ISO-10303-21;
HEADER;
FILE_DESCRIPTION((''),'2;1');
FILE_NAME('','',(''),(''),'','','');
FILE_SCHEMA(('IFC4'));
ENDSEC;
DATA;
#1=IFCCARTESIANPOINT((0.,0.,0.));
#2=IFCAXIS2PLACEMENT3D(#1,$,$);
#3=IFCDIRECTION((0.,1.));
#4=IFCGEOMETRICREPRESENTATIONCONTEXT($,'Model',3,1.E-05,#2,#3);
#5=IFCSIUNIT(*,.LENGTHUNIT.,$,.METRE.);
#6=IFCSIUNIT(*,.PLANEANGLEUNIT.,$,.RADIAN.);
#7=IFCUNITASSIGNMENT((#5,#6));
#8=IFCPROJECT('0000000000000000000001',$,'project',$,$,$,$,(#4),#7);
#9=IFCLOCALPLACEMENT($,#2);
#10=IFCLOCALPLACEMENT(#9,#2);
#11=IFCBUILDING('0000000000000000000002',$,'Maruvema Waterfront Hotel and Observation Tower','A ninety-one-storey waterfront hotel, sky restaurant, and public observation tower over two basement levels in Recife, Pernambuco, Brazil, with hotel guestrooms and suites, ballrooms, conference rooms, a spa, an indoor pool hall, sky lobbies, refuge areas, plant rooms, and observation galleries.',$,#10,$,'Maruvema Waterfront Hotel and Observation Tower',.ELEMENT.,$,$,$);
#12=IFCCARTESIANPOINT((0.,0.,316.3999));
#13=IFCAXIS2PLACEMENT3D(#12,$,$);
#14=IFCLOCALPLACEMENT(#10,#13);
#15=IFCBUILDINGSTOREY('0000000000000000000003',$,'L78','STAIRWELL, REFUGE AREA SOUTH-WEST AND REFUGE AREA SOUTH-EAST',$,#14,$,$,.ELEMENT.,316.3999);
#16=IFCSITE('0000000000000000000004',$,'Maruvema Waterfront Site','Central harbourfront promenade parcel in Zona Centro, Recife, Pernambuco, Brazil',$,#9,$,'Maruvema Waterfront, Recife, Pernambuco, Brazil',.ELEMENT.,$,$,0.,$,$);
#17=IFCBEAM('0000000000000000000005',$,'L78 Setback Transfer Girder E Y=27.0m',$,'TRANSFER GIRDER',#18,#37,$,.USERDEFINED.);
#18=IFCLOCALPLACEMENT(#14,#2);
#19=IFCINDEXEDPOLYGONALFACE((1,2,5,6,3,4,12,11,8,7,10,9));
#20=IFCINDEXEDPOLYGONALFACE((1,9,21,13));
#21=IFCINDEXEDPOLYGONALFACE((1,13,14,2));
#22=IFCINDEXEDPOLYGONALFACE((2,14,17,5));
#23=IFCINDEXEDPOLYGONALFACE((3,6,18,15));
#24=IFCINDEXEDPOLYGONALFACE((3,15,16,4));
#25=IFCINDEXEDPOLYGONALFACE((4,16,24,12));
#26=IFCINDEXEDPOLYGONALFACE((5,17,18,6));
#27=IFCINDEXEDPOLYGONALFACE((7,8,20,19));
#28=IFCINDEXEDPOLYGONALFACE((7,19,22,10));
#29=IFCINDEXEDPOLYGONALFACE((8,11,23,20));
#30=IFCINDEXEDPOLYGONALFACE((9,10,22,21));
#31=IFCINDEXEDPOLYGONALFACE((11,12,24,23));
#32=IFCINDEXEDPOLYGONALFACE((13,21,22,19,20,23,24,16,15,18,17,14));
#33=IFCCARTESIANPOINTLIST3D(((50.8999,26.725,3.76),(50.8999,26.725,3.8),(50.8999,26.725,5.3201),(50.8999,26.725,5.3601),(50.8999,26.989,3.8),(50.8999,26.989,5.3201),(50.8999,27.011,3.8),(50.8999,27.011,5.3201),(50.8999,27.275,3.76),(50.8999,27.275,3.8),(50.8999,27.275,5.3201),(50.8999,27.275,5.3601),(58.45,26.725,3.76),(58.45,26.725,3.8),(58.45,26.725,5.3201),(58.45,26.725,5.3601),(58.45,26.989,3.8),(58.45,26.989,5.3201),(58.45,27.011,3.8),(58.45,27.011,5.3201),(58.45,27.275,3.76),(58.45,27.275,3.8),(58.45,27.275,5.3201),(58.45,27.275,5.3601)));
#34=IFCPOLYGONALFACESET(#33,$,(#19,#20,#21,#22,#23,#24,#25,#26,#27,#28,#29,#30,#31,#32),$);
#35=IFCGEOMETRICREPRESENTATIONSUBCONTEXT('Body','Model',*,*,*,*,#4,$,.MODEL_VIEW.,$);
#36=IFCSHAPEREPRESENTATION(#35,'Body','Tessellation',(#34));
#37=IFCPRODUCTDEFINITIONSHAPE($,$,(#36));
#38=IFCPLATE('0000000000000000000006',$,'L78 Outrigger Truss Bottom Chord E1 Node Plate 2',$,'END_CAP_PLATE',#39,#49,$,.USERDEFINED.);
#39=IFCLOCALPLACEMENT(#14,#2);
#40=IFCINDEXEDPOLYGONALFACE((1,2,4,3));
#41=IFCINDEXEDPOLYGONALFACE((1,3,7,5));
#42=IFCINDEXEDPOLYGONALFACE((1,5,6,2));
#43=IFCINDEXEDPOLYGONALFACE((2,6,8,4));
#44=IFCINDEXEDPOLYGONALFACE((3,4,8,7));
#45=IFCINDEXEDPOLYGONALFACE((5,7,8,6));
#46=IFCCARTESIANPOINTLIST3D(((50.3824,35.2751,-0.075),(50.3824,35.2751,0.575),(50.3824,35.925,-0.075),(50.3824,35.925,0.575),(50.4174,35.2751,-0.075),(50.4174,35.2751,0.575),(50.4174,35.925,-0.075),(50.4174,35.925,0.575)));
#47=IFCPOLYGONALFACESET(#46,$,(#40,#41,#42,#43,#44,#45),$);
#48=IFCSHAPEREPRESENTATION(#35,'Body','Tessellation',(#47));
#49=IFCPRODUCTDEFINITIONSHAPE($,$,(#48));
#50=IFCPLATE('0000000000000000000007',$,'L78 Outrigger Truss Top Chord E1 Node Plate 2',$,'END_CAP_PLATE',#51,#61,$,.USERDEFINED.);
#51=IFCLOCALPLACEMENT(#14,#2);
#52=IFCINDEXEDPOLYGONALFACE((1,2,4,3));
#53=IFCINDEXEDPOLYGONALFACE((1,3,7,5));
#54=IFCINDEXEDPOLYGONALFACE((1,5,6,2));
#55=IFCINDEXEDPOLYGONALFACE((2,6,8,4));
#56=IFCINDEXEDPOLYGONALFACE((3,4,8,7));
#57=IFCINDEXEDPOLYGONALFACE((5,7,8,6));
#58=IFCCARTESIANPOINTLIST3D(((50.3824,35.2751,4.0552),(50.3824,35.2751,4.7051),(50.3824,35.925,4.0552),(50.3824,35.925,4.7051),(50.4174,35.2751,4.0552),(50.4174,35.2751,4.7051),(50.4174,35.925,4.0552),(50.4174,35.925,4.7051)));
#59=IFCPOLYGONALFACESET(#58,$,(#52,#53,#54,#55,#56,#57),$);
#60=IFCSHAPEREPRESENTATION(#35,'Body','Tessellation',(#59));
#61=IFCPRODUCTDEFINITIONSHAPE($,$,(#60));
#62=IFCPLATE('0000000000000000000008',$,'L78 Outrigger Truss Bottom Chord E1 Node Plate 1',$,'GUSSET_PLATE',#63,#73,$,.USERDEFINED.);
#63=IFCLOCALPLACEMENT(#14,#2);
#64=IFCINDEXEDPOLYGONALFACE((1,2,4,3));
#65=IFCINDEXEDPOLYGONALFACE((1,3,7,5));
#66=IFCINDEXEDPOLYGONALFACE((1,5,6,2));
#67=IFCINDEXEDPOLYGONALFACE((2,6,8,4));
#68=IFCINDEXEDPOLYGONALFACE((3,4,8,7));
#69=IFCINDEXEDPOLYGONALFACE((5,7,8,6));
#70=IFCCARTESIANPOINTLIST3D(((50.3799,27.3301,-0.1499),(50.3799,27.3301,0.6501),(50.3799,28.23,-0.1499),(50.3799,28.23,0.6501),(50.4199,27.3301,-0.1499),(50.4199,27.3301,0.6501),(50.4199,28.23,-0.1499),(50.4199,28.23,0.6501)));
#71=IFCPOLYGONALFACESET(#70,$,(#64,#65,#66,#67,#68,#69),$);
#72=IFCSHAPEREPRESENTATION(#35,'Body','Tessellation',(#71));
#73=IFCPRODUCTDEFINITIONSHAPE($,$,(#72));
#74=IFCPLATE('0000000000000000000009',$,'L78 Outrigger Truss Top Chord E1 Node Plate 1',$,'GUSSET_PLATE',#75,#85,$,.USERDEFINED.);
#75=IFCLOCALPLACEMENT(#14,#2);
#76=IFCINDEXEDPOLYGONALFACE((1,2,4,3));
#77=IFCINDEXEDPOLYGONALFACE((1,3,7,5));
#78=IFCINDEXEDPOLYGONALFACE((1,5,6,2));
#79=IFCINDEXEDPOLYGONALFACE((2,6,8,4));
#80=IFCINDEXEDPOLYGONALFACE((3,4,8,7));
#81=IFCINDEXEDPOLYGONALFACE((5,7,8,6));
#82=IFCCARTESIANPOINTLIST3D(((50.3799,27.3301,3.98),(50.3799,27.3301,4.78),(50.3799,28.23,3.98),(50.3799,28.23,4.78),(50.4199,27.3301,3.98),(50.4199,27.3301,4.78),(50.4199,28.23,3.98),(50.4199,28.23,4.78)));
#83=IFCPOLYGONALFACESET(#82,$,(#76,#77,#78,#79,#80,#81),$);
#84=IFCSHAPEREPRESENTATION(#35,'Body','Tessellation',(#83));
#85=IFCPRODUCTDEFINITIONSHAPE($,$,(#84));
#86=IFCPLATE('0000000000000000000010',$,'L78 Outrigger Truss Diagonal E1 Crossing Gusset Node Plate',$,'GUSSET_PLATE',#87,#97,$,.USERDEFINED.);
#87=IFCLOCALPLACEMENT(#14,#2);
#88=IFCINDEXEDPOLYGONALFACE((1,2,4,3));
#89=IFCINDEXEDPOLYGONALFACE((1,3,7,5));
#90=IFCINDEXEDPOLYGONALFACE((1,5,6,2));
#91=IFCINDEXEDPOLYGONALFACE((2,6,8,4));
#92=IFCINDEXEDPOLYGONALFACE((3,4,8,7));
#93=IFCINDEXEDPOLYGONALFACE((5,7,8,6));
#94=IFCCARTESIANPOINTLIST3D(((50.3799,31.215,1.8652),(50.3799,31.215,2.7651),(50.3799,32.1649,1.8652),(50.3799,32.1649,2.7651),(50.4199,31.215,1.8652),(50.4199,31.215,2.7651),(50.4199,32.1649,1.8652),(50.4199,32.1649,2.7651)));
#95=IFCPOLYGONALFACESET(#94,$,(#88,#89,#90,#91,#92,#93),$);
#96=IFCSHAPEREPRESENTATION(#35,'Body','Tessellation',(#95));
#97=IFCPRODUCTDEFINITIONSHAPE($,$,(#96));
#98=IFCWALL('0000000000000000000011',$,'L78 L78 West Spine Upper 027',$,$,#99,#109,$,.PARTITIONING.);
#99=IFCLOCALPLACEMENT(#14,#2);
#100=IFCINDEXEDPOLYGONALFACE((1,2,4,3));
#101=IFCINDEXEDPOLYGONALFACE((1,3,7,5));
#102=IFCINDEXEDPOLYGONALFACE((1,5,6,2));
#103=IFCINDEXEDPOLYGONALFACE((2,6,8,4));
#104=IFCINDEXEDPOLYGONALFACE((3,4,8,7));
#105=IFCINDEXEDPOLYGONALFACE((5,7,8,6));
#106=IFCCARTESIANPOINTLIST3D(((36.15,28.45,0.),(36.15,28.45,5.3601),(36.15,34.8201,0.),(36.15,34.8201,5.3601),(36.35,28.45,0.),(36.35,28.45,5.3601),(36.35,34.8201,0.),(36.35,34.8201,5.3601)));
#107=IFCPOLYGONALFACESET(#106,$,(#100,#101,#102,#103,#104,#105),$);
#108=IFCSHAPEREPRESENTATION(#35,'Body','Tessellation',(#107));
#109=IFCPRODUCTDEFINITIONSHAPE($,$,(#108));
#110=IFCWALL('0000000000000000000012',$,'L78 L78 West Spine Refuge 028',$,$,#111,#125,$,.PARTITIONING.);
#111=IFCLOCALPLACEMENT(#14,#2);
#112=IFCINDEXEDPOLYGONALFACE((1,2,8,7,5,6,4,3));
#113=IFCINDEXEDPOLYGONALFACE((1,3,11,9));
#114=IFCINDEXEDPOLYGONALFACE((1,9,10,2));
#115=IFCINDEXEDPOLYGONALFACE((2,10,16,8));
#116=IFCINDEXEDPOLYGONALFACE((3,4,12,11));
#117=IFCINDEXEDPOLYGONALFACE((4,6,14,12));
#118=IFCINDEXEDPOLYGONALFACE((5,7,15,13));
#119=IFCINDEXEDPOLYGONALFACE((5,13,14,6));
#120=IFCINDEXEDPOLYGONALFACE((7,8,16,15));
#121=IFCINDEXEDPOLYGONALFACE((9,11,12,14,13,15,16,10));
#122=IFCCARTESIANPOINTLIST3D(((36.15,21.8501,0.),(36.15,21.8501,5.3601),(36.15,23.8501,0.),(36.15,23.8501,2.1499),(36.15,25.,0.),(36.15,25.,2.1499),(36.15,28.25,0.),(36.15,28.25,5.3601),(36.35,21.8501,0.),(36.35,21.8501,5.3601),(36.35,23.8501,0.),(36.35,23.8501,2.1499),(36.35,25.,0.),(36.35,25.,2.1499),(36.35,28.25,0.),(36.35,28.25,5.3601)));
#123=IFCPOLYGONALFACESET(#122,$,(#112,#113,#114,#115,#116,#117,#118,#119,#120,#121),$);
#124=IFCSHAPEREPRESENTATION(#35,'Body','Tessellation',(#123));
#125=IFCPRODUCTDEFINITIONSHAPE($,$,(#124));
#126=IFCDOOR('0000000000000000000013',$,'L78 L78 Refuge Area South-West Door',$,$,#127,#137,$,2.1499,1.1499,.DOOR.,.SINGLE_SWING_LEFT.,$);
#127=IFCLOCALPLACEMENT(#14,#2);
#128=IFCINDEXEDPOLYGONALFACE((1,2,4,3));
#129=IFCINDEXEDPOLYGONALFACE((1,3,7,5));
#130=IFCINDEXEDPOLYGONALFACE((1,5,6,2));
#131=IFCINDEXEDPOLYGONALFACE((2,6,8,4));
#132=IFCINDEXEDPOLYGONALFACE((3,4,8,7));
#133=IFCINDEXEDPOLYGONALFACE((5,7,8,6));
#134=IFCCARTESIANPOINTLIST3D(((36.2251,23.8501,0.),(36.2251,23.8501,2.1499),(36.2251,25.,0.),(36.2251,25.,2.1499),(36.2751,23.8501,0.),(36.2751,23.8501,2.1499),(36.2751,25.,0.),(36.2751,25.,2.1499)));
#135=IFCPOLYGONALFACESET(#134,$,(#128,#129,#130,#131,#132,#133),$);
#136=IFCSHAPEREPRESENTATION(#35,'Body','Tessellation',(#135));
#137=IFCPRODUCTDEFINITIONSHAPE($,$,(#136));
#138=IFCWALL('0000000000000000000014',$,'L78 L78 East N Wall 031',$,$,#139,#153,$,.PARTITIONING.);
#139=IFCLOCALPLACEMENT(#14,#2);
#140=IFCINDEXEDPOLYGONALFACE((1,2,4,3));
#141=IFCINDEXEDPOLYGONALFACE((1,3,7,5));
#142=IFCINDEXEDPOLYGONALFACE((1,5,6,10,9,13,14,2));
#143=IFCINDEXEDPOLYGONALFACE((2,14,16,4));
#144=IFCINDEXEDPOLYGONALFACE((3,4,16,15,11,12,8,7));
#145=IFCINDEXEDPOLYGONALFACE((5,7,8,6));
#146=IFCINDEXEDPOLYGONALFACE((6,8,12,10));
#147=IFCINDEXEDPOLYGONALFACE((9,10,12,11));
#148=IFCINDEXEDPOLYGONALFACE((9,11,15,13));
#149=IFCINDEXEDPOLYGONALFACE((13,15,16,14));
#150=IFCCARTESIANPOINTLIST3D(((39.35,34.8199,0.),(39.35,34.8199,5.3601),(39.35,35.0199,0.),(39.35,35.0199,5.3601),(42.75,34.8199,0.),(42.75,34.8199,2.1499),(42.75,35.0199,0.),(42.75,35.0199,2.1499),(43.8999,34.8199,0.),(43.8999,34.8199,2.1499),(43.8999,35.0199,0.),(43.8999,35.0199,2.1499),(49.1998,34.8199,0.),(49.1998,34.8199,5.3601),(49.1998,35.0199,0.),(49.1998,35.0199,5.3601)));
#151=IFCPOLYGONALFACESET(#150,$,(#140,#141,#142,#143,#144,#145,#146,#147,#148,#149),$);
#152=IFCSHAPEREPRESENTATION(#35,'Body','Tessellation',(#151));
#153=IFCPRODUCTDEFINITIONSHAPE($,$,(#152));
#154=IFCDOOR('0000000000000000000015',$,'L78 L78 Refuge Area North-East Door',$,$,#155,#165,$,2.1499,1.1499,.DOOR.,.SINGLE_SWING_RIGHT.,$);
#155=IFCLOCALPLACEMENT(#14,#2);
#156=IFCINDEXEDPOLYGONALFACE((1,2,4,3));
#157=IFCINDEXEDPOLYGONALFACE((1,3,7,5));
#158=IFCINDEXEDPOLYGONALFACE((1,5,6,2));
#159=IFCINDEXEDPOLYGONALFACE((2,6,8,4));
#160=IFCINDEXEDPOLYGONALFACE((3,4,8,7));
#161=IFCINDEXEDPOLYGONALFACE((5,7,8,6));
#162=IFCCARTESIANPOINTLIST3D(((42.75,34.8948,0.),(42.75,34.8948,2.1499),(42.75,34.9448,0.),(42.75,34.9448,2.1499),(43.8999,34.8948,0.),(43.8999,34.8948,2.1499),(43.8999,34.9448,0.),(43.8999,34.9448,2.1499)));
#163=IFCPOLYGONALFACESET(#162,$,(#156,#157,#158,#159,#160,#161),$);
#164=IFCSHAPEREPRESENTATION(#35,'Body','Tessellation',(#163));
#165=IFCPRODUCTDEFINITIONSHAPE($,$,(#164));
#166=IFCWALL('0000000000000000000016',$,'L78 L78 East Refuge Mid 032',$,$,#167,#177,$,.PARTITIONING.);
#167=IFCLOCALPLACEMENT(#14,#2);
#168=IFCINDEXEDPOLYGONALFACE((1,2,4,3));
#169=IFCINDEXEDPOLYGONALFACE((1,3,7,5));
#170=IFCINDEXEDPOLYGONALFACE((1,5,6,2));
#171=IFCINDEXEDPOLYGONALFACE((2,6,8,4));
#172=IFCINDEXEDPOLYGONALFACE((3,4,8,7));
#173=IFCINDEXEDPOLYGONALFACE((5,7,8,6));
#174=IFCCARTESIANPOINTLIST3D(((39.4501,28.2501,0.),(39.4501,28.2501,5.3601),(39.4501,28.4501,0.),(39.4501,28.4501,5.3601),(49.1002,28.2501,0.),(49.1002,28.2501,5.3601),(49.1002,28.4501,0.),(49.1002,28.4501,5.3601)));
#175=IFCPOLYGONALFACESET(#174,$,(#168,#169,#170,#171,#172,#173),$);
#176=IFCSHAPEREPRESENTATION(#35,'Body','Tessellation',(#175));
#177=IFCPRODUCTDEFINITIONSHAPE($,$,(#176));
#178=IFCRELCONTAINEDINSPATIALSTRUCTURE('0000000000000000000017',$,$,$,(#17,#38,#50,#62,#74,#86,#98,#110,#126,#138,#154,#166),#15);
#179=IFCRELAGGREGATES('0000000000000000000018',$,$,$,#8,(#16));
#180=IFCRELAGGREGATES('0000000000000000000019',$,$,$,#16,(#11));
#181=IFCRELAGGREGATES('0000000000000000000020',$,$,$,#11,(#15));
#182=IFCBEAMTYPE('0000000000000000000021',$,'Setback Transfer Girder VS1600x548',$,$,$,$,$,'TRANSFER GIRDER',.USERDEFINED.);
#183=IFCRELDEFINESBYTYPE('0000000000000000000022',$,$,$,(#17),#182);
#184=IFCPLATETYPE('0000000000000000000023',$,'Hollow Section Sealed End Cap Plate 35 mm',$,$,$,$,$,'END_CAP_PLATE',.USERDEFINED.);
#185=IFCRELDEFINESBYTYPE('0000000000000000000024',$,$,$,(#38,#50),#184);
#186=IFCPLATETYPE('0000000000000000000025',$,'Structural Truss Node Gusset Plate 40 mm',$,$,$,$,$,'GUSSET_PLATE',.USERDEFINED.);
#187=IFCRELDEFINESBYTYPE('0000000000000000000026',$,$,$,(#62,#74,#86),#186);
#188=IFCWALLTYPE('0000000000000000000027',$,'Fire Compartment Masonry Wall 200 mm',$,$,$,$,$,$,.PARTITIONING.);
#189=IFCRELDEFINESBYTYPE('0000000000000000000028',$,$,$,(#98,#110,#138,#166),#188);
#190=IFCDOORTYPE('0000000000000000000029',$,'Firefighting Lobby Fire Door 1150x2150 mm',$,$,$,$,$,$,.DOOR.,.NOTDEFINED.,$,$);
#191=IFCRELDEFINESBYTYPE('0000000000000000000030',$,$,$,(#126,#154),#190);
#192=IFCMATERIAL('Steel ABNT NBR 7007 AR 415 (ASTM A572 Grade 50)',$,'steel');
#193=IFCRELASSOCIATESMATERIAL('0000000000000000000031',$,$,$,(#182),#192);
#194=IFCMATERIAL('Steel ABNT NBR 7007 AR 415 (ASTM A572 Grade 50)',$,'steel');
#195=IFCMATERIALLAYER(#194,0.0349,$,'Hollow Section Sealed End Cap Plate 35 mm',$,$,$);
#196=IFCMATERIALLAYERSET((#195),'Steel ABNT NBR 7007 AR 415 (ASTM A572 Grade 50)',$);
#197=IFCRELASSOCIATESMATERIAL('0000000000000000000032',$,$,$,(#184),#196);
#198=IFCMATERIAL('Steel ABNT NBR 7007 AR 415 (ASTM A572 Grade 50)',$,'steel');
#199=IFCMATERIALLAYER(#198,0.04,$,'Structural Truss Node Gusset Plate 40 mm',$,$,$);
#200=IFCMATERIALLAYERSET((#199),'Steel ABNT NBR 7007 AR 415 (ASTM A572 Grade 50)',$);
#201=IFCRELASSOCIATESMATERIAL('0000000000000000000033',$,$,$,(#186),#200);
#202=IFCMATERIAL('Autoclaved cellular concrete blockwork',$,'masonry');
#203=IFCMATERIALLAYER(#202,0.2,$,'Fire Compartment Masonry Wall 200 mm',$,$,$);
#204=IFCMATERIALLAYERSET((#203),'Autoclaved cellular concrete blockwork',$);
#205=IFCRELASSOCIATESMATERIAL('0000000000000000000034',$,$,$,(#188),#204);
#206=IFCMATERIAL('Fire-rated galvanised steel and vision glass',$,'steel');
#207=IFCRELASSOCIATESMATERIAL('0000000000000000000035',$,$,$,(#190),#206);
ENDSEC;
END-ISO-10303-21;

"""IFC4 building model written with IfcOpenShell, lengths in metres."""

from ifc_helpers import new_model, si_unit, direction, frame, frame_2d, origin, origin_2d, place, context, subcontext, project, spatial, rectangle, i_section, extrude, material, layer, layer_set, material_profile, profile_set, type_object, element, fill, save


model = new_model("IFC4")

# Units and contexts
model_context = context("Model", 3, precision=1e-05, world=origin(), true_north=direction((0.0, 1.0)))
body_context = subcontext(model_context, "Body", "Model", "MODEL_VIEW")
ifc_project = project(units=[si_unit("LENGTHUNIT", "METRE"), si_unit("PLANEANGLEUNIT", "RADIAN")], contexts=[model_context])

# Site, building, storey
site_placement = place(None, origin())
site = spatial("IfcSite", under=ifc_project, at=site_placement, Name="Maruvema Waterfront Site", Description="Central harbourfront promenade parcel in Zona Centro, Recife, Pernambuco, Brazil", LongName="Maruvema Waterfront, Recife, Pernambuco, Brazil", CompositionType="ELEMENT", RefElevation=0.0)
building_placement = place(site_placement, origin())
building = spatial("IfcBuilding", under=site, at=building_placement, Name="Maruvema Waterfront Hotel and Observation Tower", Description="A ninety-one-storey waterfront hotel, sky restaurant, and public observation tower over two basement levels in Recife, Pernambuco, Brazil, with hotel guestrooms and suites, ballrooms, conference rooms, a spa, an indoor pool hall, sky lobbies, refuge areas, plant rooms, and observation galleries.", LongName="Maruvema Waterfront Hotel and Observation Tower", CompositionType="ELEMENT")
storey_placement = place(building_placement, frame((0.0, 0.0, 316.3999)))
storey = spatial("IfcBuildingStorey", under=building, at=storey_placement, Name="L78", Description="STAIRWELL, REFUGE AREA SOUTH-WEST AND REFUGE AREA SOUTH-EAST", CompositionType="ELEMENT", Elevation=316.3999)

# Beam
ifc_material_1 = material(Name="Steel ABNT NBR 7007 AR 415 (ASTM A572 Grade 50)", Category="steel")
ifc_material_profile_1 = material_profile(ifc_material_1, i_section(OverallWidth=0.55, OverallDepth=1.6001, WebThickness=0.022, FlangeThickness=0.04, at=origin_2d()), Name="VS1600x548")
ifc_profile_set_1 = profile_set([ifc_material_profile_1], Name="Steel ABNT NBR 7007 AR 415 (ASTM A572 Grade 50)")
beam_type_1 = type_object("IfcBeamType", Name="Setback Transfer Girder VS1600x548", ElementType="TRANSFER GIRDER", PredefinedType="USERDEFINED", material=ifc_profile_set_1)
beam_1_placement = place(storey_placement, frame((50.8999, 27.0, 4.5601), z_axis=(1.0, 0.0, 0.0), x_axis=(0.0, 1.0, 0.0)))
element("IfcBeam", 1, at=beam_1_placement, inside=storey, type_object=beam_type_1, Name="L78 Setback Transfer Girder E Y=27.0m", ObjectType="TRANSFER GIRDER", PredefinedType="USERDEFINED", context=body_context, shape_type="SweptSolid", body=[
    extrude(i_section(OverallWidth=0.55, OverallDepth=1.6001, WebThickness=0.022, FlangeThickness=0.04, at=origin_2d()), origin(), (0.0, 0.0, 1.0), 7.55),
])

# Plates
ifc_material_2 = material(Name="Steel ABNT NBR 7007 AR 415 (ASTM A572 Grade 50)", Category="steel")
ifc_layer_1 = layer(ifc_material_2, 0.0349, Name="Hollow Section Sealed End Cap Plate 35 mm")
ifc_layer_set_1 = layer_set([ifc_layer_1], Name="Steel ABNT NBR 7007 AR 415 (ASTM A572 Grade 50)")
plate_type_1 = type_object("IfcPlateType", Name="Hollow Section Sealed End Cap Plate 35 mm", ElementType="END_CAP_PLATE", PredefinedType="USERDEFINED", material=ifc_layer_set_1)
for number, where, z_axis, x_axis, name in (
    (2, (50.3999, 35.6001, -0.075), (0.0, 0.0, 1.0), (0.0, 1.0, 0.0), "L78 Outrigger Truss Bottom Chord E1 Node Plate 2"),
    (3, (50.3999, 35.6001, 4.0552), (0.0, 0.0, 1.0), (0.0, 1.0, 0.0), "L78 Outrigger Truss Top Chord E1 Node Plate 2"),
):
    element("IfcPlate", number, at=place(storey_placement, frame(where, z_axis=z_axis, x_axis=x_axis)), inside=storey, type_object=plate_type_1, Name=name, ObjectType="END_CAP_PLATE", PredefinedType="USERDEFINED", context=body_context, shape_type="SweptSolid", body=[
        extrude(rectangle(XDim=0.6499, YDim=0.0349, at=origin_2d()), origin(), (0.0, 0.0, 1.0), 0.6499),
    ])
ifc_material_3 = material(Name="Steel ABNT NBR 7007 AR 415 (ASTM A572 Grade 50)", Category="steel")
ifc_layer_2 = layer(ifc_material_3, 0.04, Name="Structural Truss Node Gusset Plate 40 mm")
ifc_layer_set_2 = layer_set([ifc_layer_2], Name="Steel ABNT NBR 7007 AR 415 (ASTM A572 Grade 50)")
plate_type_2 = type_object("IfcPlateType", Name="Structural Truss Node Gusset Plate 40 mm", ElementType="GUSSET_PLATE", PredefinedType="USERDEFINED", material=ifc_layer_set_2)
for number, where, z_axis, x_axis, name in (
    (4, (50.3999, 27.78, -0.1499), (0.0, 0.0, 1.0), (0.0, 1.0, 0.0), "L78 Outrigger Truss Bottom Chord E1 Node Plate 1"),
    (5, (50.3999, 27.78, 3.98), (0.0, 0.0, 1.0), (0.0, 1.0, 0.0), "L78 Outrigger Truss Top Chord E1 Node Plate 1"),
):
    element("IfcPlate", number, at=place(storey_placement, frame(where, z_axis=z_axis, x_axis=x_axis)), inside=storey, type_object=plate_type_2, Name=name, ObjectType="GUSSET_PLATE", PredefinedType="USERDEFINED", context=body_context, shape_type="SweptSolid", body=[
        extrude(rectangle(XDim=0.8999, YDim=0.04, at=origin_2d()), origin(), (0.0, 0.0, 1.0), 0.8),
    ])
plate_placement = place(storey_placement, frame((50.3999, 31.6899, 1.8652), z_axis=(0.0, 0.0, 1.0), x_axis=(0.0, -1.0, 0.0)))
element("IfcPlate", 6, at=plate_placement, inside=storey, type_object=plate_type_2, Name="L78 Outrigger Truss Diagonal E1 Crossing Gusset Node Plate", ObjectType="GUSSET_PLATE", PredefinedType="USERDEFINED", context=body_context, shape_type="SweptSolid", body=[
    extrude(rectangle(XDim=0.95, YDim=0.04, at=origin_2d()), origin(), (0.0, 0.0, 1.0), 0.8999),
])

# Wall
ifc_material_4 = material(Name="Autoclaved cellular concrete blockwork", Category="masonry")
ifc_layer_3 = layer(ifc_material_4, 0.2, Name="Fire Compartment Masonry Wall 200 mm")
ifc_layer_set_3 = layer_set([ifc_layer_3], Name="Autoclaved cellular concrete blockwork")
wall_type = type_object("IfcWallType", Name="Fire Compartment Masonry Wall 200 mm", PredefinedType="PARTITIONING", material=ifc_layer_set_3)
wall_1_placement = place(storey_placement, frame((36.25, 28.45, 0.0), z_axis=(0.0, 0.0, 1.0), x_axis=(0.0, 1.0, 0.0)))
element("IfcWall", 7, at=wall_1_placement, inside=storey, type_object=wall_type, Name="L78 L78 West Spine Upper 027", PredefinedType="PARTITIONING", context=body_context, shape_type="SweptSolid", body=[
    extrude(rectangle(XDim=6.3701, YDim=0.2, at=frame_2d((3.1851, 0.0))), origin(), (0.0, 0.0, 1.0), 5.3601),
])

# Walls, openings, doors
wall_2_placement = place(storey_placement, frame((36.25, 21.8501, 0.0), z_axis=(0.0, 0.0, 1.0), x_axis=(0.0, 1.0, 0.0)))
wall_2 = element("IfcWall", 8, at=wall_2_placement, inside=storey, type_object=wall_type, Name="L78 L78 West Spine Refuge 028", PredefinedType="PARTITIONING", context=body_context, shape_type="SweptSolid", body=[
    extrude(rectangle(XDim=6.3999, YDim=0.2, at=frame_2d((3.2, 0.0))), origin(), (0.0, 0.0, 1.0), 5.3601),
])
opening_1_placement = place(wall_2_placement, frame((2.0, 0.0, 0.0)))
opening_1 = element("IfcOpeningElement", 9, at=opening_1_placement, cuts=wall_2, PredefinedType="OPENING", context=body_context, shape_type="SweptSolid", body=[
    extrude(rectangle(XDim=1.1499, YDim=2.1499, at=frame_2d((0.575, 1.075))), frame((0.0, 0.1099, 0.0), z_axis=(0.0, -1.0, 0.0), x_axis=(1.0, 0.0, 0.0)), (0.0, 0.0, 1.0), 0.22),
])
ifc_material_5 = material(Name="Fire-rated galvanised steel and vision glass", Category="steel")
door_type = type_object("IfcDoorType", Name="Firefighting Lobby Fire Door 1150x2150 mm", OperationType="NOTDEFINED", PredefinedType="DOOR", material=ifc_material_5)
door_1_placement = place(opening_1_placement, origin())
door_1 = element("IfcDoor", 10, at=door_1_placement, inside=storey, type_object=door_type, Name="L78 L78 Refuge Area South-West Door", OperationType="SINGLE_SWING_LEFT", OverallHeight=2.1499, OverallWidth=1.1499, PredefinedType="DOOR", context=body_context, shape_type="SweptSolid", body=[
    extrude(rectangle(XDim=1.1499, YDim=2.1499, at=frame_2d((0.575, 1.075))), frame((0.0, 0.0249, 0.0), z_axis=(0.0, -1.0, 0.0), x_axis=(1.0, 0.0, 0.0)), (0.0, 0.0, 1.0), 0.05),
])
fill(opening_1, door_1)
wall_3_placement = place(storey_placement, frame((39.3501, 34.9199, 0.0), z_axis=(0.0, 0.0, 1.0), x_axis=(1.0, 0.0, 0.0)))
wall_3 = element("IfcWall", 11, at=wall_3_placement, inside=storey, type_object=wall_type, Name="L78 L78 East N Wall 031", PredefinedType="PARTITIONING", context=body_context, shape_type="SweptSolid", body=[
    extrude(rectangle(XDim=9.8499, YDim=0.2, at=frame_2d((4.9248, 0.0))), origin(), (0.0, 0.0, 1.0), 5.3601),
])
opening_2_placement = place(wall_3_placement, frame((3.3999, 0.0, 0.0)))
opening_2 = element("IfcOpeningElement", 12, at=opening_2_placement, cuts=wall_3, PredefinedType="OPENING", context=body_context, shape_type="SweptSolid", body=[
    extrude(rectangle(XDim=1.1499, YDim=2.1499, at=frame_2d((0.575, 1.075))), frame((0.0, 0.1099, 0.0), z_axis=(0.0, -1.0, 0.0), x_axis=(1.0, 0.0, 0.0)), (0.0, 0.0, 1.0), 0.22),
])
door_2_placement = place(opening_2_placement, origin())
door_2 = element("IfcDoor", 13, at=door_2_placement, inside=storey, type_object=door_type, Name="L78 L78 Refuge Area North-East Door", OperationType="SINGLE_SWING_RIGHT", OverallHeight=2.1499, OverallWidth=1.1499, PredefinedType="DOOR", context=body_context, shape_type="SweptSolid", body=[
    extrude(rectangle(XDim=1.1499, YDim=2.1499, at=frame_2d((0.575, 1.075))), frame((0.0, 0.0249, 0.0), z_axis=(0.0, -1.0, 0.0), x_axis=(1.0, 0.0, 0.0)), (0.0, 0.0, 1.0), 0.05),
])
fill(opening_2, door_2)

# Wall
for number, where, z_axis, x_axis, name in (
    (14, (39.45, 28.3501, 0.0), (0.0, 0.0, 1.0), (1.0, 0.0, 0.0), "L78 L78 East Refuge Mid 032"),
):
    element("IfcWall", number, at=place(storey_placement, frame(where, z_axis=z_axis, x_axis=x_axis)), inside=storey, type_object=wall_type, Name=name, PredefinedType="PARTITIONING", context=body_context, shape_type="SweptSolid", body=[
        extrude(rectangle(XDim=9.6501, YDim=0.2, at=frame_2d((4.8252, 0.0))), origin(), (0.0, 0.0, 1.0), 5.3601),
    ])

save(model, "model.ifc")
